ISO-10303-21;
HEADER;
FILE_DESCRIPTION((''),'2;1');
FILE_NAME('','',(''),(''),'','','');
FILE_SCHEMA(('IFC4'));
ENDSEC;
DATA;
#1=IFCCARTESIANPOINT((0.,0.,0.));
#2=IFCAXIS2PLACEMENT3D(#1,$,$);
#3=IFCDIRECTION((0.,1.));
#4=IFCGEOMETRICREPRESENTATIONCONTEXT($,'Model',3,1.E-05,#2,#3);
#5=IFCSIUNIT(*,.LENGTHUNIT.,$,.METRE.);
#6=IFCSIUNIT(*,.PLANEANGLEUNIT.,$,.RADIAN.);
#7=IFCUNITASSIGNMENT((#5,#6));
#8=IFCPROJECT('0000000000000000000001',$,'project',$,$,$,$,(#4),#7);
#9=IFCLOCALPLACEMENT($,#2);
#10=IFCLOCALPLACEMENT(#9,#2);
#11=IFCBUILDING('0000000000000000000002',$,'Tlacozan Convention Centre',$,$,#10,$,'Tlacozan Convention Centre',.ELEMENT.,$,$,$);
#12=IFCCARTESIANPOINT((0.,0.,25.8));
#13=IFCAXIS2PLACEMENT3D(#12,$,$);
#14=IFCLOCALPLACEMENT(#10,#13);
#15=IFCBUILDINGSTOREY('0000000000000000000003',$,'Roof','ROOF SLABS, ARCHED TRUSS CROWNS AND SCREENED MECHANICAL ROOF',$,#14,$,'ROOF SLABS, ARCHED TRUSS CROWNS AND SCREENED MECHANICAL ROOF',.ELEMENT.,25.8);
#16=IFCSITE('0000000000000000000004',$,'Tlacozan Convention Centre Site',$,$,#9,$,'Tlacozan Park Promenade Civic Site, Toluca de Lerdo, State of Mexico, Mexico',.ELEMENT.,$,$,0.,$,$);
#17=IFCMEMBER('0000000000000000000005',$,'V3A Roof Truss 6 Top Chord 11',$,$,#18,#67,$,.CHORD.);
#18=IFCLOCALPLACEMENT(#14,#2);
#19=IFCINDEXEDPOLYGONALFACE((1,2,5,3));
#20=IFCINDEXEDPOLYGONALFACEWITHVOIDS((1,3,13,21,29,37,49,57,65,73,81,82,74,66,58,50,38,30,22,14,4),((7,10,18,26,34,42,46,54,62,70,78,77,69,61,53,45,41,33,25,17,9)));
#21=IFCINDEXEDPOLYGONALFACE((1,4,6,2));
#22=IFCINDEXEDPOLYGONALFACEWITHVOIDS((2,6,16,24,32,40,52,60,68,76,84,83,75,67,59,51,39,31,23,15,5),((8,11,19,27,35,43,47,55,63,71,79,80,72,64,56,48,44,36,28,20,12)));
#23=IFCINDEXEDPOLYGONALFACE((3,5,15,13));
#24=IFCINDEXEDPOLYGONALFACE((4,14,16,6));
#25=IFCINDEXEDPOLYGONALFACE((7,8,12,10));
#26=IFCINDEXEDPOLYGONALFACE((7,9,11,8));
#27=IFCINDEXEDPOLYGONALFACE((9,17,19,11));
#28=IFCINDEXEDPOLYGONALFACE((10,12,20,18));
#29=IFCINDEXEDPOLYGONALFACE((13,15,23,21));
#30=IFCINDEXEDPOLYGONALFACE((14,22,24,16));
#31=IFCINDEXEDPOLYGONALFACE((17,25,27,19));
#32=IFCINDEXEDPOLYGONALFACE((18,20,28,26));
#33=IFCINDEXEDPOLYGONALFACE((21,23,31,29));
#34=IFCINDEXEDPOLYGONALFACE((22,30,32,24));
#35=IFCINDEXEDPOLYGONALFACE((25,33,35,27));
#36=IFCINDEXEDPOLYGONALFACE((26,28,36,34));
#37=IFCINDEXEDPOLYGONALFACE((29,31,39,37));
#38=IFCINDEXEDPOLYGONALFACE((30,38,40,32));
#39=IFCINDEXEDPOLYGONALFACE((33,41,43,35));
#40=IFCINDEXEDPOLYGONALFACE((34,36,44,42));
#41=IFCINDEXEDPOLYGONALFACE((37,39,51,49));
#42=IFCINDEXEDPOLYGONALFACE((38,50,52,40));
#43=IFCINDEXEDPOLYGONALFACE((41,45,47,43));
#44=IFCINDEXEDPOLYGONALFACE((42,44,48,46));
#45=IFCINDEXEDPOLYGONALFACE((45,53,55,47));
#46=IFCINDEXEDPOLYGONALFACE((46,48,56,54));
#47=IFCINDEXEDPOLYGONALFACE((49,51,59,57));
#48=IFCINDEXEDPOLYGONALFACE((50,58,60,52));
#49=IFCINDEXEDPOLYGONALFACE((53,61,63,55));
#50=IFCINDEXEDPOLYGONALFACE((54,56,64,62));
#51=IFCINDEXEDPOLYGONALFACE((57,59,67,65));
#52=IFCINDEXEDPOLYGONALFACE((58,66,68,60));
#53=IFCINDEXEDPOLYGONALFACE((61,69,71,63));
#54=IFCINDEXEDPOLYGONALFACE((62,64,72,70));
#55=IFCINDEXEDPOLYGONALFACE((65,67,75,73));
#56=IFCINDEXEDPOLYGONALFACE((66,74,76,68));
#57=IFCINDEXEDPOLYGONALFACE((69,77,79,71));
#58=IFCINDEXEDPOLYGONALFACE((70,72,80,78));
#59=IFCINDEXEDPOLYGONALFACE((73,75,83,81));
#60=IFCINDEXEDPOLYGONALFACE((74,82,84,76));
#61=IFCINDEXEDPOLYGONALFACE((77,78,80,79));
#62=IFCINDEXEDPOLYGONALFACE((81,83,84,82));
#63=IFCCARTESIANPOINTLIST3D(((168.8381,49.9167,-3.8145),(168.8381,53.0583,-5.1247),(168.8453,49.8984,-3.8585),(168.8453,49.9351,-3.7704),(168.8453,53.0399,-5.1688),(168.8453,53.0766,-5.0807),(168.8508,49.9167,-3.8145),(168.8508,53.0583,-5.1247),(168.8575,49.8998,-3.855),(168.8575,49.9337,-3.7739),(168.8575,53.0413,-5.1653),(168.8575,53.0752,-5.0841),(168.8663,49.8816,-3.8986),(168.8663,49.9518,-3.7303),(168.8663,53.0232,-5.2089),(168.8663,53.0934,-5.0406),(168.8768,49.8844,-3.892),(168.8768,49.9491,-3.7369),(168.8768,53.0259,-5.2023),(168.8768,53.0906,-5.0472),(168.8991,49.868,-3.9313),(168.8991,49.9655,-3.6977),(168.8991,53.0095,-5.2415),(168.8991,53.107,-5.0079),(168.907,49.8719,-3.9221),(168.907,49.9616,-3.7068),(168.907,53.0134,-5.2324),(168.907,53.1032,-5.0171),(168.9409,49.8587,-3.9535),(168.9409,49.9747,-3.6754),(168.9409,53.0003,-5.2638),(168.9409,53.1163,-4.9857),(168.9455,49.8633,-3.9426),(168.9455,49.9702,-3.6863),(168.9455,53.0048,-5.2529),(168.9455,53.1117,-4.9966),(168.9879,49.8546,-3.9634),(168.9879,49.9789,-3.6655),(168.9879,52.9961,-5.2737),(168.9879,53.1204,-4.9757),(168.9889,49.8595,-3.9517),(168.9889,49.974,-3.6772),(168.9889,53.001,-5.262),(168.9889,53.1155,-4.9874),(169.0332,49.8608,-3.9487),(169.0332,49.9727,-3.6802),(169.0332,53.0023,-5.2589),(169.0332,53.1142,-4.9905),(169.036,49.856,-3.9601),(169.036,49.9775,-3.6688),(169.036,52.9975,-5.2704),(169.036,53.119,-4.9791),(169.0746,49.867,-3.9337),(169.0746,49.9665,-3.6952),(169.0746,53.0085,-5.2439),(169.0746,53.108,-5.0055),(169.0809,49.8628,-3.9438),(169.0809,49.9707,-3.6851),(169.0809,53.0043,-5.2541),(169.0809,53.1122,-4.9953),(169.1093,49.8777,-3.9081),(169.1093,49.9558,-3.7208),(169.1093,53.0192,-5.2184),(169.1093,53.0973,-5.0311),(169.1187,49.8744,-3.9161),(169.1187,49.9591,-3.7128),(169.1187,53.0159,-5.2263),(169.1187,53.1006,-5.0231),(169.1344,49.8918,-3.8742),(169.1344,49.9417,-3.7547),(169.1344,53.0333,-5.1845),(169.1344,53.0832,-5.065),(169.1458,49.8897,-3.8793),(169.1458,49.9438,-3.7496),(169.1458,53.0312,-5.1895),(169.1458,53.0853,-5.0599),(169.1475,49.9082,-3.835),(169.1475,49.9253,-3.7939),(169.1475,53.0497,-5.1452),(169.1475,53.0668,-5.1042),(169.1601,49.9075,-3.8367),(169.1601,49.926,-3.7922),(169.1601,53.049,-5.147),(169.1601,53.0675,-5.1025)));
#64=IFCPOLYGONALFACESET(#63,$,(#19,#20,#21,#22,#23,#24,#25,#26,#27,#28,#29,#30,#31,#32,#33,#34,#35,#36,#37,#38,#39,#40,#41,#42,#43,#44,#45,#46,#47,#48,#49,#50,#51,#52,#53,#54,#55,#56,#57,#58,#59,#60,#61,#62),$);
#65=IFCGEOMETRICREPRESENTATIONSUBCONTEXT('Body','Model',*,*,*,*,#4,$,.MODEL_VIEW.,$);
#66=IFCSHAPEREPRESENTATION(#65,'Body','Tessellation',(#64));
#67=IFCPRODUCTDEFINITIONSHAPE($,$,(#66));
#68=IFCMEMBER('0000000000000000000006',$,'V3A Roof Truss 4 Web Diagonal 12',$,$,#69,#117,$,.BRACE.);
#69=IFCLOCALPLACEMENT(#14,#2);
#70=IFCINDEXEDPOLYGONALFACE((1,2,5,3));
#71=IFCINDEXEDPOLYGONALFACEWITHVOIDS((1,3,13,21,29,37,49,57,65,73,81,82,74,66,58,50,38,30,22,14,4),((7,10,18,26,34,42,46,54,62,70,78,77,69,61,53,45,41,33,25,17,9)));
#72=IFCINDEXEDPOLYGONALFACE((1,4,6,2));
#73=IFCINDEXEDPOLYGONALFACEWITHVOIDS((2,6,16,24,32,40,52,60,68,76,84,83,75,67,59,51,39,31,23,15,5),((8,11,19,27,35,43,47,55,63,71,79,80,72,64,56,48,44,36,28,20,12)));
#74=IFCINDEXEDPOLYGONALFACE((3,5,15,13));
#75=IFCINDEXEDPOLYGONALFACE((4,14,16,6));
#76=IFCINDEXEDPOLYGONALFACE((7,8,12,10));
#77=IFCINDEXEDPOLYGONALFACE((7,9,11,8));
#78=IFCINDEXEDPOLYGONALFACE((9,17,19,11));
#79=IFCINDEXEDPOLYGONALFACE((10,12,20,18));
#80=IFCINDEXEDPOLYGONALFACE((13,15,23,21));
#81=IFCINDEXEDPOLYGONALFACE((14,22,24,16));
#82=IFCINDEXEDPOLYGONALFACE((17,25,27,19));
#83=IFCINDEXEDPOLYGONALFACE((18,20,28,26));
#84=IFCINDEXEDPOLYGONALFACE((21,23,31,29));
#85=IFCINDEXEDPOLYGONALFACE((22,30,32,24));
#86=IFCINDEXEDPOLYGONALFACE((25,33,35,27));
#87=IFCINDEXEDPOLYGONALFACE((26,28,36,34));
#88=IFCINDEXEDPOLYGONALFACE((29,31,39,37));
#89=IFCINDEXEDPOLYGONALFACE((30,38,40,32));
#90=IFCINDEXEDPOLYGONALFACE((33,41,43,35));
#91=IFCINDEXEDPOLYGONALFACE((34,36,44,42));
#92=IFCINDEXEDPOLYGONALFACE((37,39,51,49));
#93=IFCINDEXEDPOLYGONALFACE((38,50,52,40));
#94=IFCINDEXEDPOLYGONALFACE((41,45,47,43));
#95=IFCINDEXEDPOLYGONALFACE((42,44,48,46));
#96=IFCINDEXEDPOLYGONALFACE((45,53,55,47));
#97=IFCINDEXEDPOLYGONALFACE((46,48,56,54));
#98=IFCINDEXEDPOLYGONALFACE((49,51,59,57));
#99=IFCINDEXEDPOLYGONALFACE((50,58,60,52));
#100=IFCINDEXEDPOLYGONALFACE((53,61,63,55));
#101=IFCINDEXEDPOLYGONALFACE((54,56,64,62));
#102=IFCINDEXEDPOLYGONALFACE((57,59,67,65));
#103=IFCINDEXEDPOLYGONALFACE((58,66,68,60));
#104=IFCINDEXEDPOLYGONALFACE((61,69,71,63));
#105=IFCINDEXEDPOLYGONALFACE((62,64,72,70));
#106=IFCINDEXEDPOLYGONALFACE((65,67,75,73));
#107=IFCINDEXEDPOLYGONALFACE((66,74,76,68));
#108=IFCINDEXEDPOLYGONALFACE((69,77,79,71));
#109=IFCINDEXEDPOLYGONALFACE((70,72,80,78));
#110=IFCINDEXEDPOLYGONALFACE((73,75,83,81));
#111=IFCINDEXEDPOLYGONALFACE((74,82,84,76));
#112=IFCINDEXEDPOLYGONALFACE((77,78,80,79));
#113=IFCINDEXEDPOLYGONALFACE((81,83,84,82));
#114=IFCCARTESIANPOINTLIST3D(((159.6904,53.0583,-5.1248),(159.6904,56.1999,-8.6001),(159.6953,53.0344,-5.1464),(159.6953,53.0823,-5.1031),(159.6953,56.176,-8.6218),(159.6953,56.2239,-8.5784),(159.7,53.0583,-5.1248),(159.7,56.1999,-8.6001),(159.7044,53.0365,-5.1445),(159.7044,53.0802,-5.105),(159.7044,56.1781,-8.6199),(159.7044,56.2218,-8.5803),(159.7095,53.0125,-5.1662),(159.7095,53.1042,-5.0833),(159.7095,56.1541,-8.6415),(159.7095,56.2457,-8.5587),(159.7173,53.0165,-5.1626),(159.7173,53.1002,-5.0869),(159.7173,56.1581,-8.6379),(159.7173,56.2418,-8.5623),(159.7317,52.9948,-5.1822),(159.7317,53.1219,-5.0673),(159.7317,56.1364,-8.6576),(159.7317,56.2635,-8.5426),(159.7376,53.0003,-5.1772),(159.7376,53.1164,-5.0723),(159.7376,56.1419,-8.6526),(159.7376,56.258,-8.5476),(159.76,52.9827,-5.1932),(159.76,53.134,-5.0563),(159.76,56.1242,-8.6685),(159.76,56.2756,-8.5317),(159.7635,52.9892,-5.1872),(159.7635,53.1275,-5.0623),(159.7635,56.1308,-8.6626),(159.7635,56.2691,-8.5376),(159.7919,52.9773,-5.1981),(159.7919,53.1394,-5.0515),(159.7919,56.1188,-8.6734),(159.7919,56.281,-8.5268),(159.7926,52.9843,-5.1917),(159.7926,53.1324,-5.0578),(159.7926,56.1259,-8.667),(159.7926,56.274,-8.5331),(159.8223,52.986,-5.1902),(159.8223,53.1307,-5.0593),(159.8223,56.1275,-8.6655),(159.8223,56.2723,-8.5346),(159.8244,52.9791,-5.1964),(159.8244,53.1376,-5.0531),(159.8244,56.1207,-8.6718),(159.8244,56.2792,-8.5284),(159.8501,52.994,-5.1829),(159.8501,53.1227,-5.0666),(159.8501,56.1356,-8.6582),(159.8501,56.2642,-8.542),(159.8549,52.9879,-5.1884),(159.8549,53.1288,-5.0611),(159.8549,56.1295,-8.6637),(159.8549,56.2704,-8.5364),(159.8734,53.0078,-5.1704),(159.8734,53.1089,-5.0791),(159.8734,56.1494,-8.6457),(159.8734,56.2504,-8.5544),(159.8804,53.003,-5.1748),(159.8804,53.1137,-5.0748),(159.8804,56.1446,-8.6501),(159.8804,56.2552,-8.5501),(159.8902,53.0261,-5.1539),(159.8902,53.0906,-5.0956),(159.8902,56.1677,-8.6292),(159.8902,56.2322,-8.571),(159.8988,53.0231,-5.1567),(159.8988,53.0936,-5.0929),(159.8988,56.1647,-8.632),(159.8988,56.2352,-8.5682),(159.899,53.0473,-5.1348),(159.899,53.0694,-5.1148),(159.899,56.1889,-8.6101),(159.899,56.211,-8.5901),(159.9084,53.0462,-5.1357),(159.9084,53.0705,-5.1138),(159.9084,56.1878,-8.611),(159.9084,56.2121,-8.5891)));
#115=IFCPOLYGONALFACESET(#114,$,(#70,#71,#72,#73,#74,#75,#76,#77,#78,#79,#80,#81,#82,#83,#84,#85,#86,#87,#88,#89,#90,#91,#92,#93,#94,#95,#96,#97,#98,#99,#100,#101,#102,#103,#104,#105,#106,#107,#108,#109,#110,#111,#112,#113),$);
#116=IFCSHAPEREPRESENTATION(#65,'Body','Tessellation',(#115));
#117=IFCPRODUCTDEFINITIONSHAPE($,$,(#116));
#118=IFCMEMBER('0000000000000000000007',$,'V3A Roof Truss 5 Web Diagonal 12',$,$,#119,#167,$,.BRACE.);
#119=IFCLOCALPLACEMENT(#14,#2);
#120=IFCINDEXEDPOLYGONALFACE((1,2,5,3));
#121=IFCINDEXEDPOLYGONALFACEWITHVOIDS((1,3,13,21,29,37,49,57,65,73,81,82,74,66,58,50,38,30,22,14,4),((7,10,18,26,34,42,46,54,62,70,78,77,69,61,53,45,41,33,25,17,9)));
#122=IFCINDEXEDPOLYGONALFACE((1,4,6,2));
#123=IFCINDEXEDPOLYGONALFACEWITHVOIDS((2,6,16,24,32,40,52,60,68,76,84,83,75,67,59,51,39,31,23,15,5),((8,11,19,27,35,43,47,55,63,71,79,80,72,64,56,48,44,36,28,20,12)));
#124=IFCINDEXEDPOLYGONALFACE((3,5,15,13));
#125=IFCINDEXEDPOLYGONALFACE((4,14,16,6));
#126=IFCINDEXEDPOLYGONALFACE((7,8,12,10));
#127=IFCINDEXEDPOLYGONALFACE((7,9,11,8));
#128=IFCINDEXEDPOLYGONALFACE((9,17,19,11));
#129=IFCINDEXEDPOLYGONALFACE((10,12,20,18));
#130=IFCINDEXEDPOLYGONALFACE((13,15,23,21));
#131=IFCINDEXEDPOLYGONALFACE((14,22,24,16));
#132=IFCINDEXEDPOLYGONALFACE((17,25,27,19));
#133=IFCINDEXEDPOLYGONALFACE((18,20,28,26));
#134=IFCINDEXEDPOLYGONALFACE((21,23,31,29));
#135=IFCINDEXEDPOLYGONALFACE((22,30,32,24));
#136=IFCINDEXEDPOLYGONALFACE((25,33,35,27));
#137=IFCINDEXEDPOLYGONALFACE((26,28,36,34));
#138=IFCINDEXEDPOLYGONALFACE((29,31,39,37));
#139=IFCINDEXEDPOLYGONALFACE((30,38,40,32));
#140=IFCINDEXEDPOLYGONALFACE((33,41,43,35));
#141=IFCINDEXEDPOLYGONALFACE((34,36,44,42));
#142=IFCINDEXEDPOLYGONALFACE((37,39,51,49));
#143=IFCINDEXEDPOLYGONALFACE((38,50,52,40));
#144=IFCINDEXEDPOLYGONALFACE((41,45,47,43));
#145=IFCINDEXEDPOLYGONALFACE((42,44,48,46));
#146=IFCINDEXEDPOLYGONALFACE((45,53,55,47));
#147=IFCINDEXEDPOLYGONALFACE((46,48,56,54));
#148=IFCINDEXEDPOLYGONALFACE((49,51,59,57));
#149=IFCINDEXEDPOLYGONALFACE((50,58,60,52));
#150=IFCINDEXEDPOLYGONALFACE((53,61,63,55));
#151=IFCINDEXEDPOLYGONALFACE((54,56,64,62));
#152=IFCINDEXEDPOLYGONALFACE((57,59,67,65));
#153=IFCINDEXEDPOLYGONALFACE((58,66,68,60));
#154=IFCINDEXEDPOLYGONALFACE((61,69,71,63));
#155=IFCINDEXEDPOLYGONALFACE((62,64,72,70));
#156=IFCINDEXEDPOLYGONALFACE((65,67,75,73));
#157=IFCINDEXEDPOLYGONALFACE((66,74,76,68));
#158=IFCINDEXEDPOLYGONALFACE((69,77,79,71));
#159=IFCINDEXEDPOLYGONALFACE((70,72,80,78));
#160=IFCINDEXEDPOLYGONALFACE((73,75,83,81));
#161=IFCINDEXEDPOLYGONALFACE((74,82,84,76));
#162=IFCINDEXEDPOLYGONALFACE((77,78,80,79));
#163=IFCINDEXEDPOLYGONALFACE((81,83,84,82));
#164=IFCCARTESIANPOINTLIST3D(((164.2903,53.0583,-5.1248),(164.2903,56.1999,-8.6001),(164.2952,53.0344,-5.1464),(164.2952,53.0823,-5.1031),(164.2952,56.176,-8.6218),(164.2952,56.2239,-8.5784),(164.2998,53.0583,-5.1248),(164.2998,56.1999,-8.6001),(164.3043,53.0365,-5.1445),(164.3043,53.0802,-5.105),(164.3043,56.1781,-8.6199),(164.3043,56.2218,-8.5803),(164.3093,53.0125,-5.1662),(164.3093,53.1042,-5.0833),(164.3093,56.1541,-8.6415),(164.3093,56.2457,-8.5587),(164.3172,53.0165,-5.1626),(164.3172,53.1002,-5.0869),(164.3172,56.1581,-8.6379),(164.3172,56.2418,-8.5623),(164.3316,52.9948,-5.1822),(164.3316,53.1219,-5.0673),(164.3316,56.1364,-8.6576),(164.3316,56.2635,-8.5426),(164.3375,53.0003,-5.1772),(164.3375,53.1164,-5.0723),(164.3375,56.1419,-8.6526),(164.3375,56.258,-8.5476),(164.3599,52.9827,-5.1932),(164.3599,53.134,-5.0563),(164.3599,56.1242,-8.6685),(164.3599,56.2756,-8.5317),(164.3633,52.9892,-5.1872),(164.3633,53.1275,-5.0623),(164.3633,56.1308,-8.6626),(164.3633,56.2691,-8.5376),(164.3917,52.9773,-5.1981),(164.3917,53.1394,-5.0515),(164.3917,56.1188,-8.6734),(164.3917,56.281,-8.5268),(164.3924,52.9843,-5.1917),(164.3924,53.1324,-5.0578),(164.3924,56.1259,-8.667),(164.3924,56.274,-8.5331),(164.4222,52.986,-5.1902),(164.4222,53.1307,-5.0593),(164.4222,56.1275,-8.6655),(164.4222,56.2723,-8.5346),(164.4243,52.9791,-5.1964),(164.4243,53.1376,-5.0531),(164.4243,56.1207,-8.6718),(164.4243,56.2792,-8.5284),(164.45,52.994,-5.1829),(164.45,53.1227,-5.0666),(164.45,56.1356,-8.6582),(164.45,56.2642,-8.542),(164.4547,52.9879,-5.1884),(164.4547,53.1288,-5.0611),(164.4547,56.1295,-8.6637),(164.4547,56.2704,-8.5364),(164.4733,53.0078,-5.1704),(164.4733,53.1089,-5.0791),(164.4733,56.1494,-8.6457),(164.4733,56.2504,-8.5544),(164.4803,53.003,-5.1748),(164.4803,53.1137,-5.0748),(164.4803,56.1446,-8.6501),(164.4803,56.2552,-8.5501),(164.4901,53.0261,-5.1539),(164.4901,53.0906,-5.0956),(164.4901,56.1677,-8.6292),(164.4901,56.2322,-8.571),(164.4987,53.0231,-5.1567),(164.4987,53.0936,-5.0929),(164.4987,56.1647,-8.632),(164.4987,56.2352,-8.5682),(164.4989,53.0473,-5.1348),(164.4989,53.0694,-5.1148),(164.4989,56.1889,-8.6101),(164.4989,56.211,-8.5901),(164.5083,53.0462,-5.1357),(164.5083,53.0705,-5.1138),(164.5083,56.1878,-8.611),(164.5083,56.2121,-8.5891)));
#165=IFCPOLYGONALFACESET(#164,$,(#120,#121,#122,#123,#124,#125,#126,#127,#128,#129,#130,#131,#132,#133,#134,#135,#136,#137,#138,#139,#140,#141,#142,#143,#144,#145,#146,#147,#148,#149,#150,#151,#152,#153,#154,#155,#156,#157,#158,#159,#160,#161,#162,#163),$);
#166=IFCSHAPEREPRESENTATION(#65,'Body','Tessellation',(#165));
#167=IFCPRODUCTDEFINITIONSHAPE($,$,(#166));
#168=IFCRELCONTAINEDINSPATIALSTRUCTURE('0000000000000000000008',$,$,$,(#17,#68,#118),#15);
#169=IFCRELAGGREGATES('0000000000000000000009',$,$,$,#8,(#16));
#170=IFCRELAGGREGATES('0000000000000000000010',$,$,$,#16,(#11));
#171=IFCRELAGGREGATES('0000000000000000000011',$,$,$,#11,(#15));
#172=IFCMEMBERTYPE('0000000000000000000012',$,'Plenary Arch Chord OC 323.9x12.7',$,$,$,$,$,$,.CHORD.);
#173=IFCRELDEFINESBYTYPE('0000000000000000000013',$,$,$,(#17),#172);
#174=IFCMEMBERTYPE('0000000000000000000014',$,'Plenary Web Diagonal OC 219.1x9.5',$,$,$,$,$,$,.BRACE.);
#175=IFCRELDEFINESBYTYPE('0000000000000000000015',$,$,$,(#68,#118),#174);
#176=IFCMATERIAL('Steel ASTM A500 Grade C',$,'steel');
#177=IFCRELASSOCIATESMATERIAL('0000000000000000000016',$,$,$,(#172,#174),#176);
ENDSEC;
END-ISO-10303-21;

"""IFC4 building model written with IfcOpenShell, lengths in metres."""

from ifc_helpers import new_model, si_unit, direction, frame, origin, origin_2d, place, context, subcontext, project, spatial, hollow_circle, extrude, material, material_profile, profile_set, type_object, element, save


model = new_model("IFC4")

# Units and contexts
model_context = context("Model", 3, precision=1e-05, world=origin(), true_north=direction((0.0, 1.0)))
body_context = subcontext(model_context, "Body", "Model", "MODEL_VIEW")
ifc_project = project(units=[si_unit("LENGTHUNIT", "METRE"), si_unit("PLANEANGLEUNIT", "RADIAN")], contexts=[model_context])

# Site, building, storey
site_placement = place(None, origin())
site = spatial("IfcSite", under=ifc_project, at=site_placement, Name="Tlacozan Convention Centre Site", LongName="Tlacozan Park Promenade Civic Site, Toluca de Lerdo, State of Mexico, Mexico", CompositionType="ELEMENT", RefElevation=0.0)
building_placement = place(site_placement, origin())
building = spatial("IfcBuilding", under=site, at=building_placement, Name="Tlacozan Convention Centre", LongName="Tlacozan Convention Centre", CompositionType="ELEMENT")
storey_placement = place(building_placement, frame((0.0, 0.0, 25.8)))
storey = spatial("IfcBuildingStorey", under=building, at=storey_placement, Name="Roof", Description="ROOF SLABS, ARCHED TRUSS CROWNS AND SCREENED MECHANICAL ROOF", LongName="ROOF SLABS, ARCHED TRUSS CROWNS AND SCREENED MECHANICAL ROOF", CompositionType="ELEMENT", Elevation=25.8)

# Members
ifc_material_1 = material(Name="Steel ASTM A500 Grade C", Category="steel")
ifc_material_profile_1 = material_profile(ifc_material_1, hollow_circle(Radius=0.1619, WallThickness=0.0127, at=origin_2d()), Name="OC 323.9x12.7")
ifc_profile_set_1 = profile_set([ifc_material_profile_1], Name="Steel ASTM A500 Grade C")
member_type_1 = type_object("IfcMemberType", Name="Plenary Arch Chord OC 323.9x12.7", PredefinedType="CHORD", material=ifc_profile_set_1)
member_1_placement = place(storey_placement, frame((169.0, 49.9167, -3.8145), z_axis=(0.0, 0.922941, -0.384941), x_axis=(-1.0, 0.0, 0.0)))
element("IfcMember", 1, at=member_1_placement, inside=storey, type_object=member_type_1, Name="V3A Roof Truss 6 Top Chord 11", PredefinedType="CHORD", context=body_context, shape_type="SweptSolid", body=[
    extrude(hollow_circle(Radius=0.1619, WallThickness=0.0127, at=origin_2d()), origin(), (0.0, 0.0, 1.0), 3.4038),
])
ifc_material_profile_2 = material_profile(ifc_material_1, hollow_circle(Radius=0.1096, WallThickness=0.0095, at=origin_2d()), Name="OC 219.1x9.5")
ifc_profile_set_2 = profile_set([ifc_material_profile_2], Name="Steel ASTM A500 Grade C")
member_type_2 = type_object("IfcMemberType", Name="Plenary Web Diagonal OC 219.1x9.5", PredefinedType="BRACE", material=ifc_profile_set_2)
for number, where, z_axis, x_axis, name in (
    (2, (159.8, 53.0583, -5.1248), (0.0, 0.67059, -0.741828), (-1.0, 0.0, 0.0), "V3A Roof Truss 4 Web Diagonal 12"),
    (3, (164.3999, 53.0583, -5.1248), (0.0, 0.67059, -0.741828), (-1.0, 0.0, 0.0), "V3A Roof Truss 5 Web Diagonal 12"),
):
    element("IfcMember", number, at=place(storey_placement, frame(where, z_axis=z_axis, x_axis=x_axis)), inside=storey, type_object=member_type_2, Name=name, PredefinedType="BRACE", context=body_context, shape_type="SweptSolid", body=[
        extrude(hollow_circle(Radius=0.1096, WallThickness=0.0095, at=origin_2d()), origin(), (0.0, 0.0, 1.0), 4.6848),
    ])

save(model, "model.ifc")
